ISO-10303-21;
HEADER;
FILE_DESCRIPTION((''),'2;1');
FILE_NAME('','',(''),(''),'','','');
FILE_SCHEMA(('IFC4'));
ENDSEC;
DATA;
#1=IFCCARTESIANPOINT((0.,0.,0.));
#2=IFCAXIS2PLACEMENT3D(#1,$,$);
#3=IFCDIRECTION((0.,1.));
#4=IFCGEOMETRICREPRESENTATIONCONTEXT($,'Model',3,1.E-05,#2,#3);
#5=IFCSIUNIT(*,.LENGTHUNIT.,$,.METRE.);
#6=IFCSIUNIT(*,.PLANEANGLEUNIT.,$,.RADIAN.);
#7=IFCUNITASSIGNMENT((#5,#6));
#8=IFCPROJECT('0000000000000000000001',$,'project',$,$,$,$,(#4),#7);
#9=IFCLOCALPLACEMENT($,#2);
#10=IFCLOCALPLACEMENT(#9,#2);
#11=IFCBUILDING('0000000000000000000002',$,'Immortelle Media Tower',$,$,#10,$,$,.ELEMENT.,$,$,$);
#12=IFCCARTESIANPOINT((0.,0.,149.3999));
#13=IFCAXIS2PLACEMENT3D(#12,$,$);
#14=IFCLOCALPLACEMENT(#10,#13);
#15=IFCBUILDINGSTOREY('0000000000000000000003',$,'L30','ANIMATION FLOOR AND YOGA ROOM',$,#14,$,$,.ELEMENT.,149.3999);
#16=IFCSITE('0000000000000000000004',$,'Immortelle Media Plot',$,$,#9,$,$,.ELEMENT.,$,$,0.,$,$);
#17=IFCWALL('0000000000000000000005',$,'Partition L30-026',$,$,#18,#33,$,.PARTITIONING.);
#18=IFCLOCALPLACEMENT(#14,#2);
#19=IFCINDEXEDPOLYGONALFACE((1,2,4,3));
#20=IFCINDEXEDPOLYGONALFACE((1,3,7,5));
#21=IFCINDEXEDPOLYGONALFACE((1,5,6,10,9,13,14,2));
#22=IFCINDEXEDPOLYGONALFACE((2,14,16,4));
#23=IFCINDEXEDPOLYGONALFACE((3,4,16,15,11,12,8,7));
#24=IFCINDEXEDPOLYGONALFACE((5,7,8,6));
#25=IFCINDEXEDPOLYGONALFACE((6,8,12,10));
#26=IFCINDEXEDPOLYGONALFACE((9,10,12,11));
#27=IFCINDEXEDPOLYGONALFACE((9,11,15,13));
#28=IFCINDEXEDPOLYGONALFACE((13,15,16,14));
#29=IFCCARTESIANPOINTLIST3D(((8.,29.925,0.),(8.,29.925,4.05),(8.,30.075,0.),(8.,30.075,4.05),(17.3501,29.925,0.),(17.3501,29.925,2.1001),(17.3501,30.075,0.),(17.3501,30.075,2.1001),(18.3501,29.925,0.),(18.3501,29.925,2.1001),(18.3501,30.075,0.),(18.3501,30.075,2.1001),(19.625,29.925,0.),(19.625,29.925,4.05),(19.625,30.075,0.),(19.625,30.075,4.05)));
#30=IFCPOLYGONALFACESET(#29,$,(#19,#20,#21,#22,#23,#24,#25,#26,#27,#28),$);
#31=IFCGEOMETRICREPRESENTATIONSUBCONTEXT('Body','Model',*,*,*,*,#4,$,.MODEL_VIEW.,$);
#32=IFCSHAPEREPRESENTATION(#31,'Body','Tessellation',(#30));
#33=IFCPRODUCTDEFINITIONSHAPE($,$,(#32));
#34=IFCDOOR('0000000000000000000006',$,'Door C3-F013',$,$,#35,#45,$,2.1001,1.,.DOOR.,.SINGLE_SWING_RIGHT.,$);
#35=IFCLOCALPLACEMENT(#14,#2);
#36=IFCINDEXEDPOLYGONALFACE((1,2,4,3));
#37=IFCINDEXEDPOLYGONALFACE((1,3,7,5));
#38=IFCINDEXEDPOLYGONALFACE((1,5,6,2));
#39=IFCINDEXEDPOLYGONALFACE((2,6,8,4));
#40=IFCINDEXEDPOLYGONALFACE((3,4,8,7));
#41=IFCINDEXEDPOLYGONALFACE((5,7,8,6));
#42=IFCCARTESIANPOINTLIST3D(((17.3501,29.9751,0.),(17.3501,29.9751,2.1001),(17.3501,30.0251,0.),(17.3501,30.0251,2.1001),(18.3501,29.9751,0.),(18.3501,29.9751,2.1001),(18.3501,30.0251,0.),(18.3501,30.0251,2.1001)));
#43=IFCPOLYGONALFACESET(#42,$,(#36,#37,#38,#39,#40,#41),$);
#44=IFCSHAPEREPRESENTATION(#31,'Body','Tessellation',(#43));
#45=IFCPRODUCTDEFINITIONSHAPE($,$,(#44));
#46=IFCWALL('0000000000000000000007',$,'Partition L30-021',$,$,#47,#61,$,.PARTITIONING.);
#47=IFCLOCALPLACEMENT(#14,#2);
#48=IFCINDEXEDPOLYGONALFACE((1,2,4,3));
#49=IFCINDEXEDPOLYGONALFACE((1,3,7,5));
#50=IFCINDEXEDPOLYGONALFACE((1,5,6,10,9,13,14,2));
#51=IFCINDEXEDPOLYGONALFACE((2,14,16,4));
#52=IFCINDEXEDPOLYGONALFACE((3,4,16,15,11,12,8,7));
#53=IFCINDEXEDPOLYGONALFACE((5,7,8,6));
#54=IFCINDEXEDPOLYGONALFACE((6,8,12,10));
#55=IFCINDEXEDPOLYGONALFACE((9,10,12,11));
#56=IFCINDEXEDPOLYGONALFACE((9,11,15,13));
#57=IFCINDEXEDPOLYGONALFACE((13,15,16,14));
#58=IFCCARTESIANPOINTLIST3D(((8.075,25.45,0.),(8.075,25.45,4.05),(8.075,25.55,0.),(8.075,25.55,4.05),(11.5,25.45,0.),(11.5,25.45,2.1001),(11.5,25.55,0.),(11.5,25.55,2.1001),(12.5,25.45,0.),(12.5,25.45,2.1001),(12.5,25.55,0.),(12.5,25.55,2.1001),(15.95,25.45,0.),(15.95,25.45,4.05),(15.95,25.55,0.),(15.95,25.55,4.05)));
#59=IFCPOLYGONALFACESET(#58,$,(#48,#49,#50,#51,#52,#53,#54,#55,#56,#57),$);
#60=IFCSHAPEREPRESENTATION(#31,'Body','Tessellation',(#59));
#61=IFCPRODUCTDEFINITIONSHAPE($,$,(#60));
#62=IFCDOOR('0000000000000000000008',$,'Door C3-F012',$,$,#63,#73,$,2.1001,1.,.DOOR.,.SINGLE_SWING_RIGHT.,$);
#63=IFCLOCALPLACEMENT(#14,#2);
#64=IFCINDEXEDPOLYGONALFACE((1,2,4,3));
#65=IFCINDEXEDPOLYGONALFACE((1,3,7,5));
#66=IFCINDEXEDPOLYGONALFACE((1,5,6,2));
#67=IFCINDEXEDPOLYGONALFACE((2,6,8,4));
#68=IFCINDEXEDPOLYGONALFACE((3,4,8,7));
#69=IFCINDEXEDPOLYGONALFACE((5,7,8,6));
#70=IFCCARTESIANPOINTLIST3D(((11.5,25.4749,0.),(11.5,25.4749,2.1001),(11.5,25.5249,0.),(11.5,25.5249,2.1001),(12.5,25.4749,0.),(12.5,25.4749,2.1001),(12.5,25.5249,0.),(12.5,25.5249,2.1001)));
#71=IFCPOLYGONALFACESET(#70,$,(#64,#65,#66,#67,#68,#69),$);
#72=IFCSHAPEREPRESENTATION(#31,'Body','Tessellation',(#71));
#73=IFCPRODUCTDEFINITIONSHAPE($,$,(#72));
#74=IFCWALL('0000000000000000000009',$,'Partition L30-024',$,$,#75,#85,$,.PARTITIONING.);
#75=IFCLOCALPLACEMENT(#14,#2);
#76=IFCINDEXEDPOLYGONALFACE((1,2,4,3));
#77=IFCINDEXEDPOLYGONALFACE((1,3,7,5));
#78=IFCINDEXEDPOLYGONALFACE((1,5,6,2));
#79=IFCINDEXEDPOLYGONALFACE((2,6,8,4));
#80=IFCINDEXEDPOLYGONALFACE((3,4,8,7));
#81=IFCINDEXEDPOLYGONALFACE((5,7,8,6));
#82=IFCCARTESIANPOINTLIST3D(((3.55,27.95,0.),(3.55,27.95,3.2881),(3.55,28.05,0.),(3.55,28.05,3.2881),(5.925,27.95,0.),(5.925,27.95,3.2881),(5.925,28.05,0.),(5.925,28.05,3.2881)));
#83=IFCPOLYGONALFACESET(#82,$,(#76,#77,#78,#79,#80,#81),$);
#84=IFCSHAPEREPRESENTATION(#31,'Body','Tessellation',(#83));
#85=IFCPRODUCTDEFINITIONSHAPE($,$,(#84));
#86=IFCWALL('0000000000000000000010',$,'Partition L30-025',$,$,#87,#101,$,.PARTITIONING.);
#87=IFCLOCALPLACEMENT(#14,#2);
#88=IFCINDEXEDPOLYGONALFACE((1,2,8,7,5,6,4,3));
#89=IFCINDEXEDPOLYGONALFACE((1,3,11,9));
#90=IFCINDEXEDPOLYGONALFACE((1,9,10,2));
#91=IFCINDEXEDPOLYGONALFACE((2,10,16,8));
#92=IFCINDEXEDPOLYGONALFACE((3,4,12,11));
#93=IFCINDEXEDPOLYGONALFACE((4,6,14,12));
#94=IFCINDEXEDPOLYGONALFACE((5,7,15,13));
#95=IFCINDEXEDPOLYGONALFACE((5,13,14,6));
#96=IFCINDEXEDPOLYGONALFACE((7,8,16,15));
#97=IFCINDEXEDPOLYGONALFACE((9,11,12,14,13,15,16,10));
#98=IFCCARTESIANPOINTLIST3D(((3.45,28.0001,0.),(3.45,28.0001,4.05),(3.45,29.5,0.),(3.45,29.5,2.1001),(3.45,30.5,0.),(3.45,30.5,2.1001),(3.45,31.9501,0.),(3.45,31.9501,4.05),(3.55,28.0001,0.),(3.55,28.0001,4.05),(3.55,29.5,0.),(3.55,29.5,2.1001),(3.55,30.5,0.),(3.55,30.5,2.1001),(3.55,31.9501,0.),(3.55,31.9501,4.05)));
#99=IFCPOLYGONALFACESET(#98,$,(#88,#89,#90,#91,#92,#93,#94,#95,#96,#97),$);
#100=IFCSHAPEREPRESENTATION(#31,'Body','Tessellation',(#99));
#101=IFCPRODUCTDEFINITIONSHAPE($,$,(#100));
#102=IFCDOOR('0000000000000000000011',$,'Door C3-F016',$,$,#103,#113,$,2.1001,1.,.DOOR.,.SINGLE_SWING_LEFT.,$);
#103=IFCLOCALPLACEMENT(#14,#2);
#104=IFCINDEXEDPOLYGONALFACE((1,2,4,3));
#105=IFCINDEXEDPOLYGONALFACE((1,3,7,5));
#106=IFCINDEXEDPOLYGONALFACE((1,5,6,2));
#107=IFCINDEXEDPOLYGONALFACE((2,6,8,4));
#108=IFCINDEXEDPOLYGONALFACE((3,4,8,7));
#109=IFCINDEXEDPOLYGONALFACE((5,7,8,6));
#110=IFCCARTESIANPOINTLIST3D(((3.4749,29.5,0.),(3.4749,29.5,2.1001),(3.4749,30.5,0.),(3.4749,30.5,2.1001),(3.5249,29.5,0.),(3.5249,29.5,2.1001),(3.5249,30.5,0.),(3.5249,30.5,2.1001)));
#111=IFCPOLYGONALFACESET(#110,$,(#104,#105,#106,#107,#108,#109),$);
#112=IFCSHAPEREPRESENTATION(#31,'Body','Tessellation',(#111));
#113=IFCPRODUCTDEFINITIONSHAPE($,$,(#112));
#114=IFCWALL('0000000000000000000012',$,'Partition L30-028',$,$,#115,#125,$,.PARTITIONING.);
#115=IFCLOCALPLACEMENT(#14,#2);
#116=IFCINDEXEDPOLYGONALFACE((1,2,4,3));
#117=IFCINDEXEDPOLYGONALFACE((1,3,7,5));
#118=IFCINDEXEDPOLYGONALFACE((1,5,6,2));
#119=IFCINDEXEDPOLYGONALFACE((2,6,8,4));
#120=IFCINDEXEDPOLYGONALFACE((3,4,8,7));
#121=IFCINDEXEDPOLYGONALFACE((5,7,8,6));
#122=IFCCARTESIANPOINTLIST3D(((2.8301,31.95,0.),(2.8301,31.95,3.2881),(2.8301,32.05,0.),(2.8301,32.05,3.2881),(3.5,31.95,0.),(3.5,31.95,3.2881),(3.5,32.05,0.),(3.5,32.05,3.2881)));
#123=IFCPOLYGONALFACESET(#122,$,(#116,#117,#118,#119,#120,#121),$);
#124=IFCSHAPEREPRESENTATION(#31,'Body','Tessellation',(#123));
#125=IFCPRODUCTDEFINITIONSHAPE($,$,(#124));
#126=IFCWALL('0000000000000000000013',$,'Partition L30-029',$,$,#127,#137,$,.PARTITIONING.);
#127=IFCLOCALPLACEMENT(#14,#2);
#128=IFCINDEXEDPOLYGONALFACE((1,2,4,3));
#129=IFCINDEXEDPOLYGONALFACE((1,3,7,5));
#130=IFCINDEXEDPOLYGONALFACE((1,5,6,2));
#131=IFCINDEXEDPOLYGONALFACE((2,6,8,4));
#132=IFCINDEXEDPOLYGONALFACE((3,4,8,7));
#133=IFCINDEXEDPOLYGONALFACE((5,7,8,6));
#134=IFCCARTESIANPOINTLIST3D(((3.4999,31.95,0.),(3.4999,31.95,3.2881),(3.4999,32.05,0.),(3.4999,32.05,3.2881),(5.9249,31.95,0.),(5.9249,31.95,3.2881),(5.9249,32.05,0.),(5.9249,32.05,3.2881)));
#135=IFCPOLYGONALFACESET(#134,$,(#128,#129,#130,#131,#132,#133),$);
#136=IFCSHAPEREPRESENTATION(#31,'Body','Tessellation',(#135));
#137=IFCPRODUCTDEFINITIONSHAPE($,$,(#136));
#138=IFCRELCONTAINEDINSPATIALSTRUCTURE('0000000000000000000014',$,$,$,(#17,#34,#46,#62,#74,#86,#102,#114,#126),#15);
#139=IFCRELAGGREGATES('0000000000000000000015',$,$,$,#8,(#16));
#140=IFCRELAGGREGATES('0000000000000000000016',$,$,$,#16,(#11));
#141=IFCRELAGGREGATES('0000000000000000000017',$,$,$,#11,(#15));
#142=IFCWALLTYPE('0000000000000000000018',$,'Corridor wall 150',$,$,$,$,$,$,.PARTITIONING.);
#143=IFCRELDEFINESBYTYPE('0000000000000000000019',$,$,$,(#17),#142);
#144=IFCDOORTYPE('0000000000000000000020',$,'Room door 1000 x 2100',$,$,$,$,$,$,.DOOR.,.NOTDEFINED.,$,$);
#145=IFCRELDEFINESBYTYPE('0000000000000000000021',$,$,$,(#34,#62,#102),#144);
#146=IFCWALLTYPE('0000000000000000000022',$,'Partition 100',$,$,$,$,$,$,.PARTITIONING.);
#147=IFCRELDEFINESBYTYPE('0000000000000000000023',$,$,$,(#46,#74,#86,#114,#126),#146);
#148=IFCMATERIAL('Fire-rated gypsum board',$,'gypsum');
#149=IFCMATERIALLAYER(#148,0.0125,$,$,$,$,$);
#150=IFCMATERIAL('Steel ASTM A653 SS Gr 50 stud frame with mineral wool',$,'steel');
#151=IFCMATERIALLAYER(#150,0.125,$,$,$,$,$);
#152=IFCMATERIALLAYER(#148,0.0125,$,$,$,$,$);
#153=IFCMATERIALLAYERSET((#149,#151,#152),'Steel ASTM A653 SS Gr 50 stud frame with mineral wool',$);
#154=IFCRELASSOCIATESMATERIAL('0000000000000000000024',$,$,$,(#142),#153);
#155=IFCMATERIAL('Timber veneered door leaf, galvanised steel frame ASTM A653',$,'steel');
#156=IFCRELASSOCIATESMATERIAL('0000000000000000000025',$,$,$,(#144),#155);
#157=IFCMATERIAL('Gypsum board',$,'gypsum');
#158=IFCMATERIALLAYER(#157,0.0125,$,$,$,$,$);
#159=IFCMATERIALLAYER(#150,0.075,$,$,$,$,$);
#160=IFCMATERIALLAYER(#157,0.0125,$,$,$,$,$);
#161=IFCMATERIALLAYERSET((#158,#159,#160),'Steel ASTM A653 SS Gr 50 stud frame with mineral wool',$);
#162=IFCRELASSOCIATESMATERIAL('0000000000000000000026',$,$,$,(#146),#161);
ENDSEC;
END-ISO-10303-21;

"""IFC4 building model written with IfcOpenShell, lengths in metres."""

from ifc_helpers import new_model, si_unit, direction, frame, frame_2d, origin, place, context, subcontext, project, spatial, rectangle, extrude, material, layer, layer_set, type_object, element, fill, save


model = new_model("IFC4")

# Units and contexts
model_context = context("Model", 3, precision=1e-05, world=origin(), true_north=direction((0.0, 1.0)))
body_context = subcontext(model_context, "Body", "Model", "MODEL_VIEW")
ifc_project = project(units=[si_unit("LENGTHUNIT", "METRE"), si_unit("PLANEANGLEUNIT", "RADIAN")], contexts=[model_context])

# Site, building, storey
site_placement = place(None, origin())
site = spatial("IfcSite", under=ifc_project, at=site_placement, Name="Immortelle Media Plot", CompositionType="ELEMENT", RefElevation=0.0)
building_placement = place(site_placement, origin())
building = spatial("IfcBuilding", under=site, at=building_placement, Name="Immortelle Media Tower", CompositionType="ELEMENT")
storey_placement = place(building_placement, frame((0.0, 0.0, 149.3999)))
storey = spatial("IfcBuildingStorey", under=building, at=storey_placement, Name="L30", Description="ANIMATION FLOOR AND YOGA ROOM", CompositionType="ELEMENT", Elevation=149.3999)

# Walls, openings, doors
ifc_material_1 = material(Name="Fire-rated gypsum board", Category="gypsum")
ifc_layer_1 = layer(ifc_material_1, 0.0125)
ifc_material_2 = material(Name="Steel ASTM A653 SS Gr 50 stud frame with mineral wool", Category="steel")
ifc_layer_2 = layer(ifc_material_2, 0.125)
ifc_layer_3 = layer(ifc_material_1, 0.0125)
ifc_layer_set_1 = layer_set([ifc_layer_1, ifc_layer_2, ifc_layer_3], Name="Steel ASTM A653 SS Gr 50 stud frame with mineral wool")
wall_type_1 = type_object("IfcWallType", Name="Corridor wall 150", PredefinedType="PARTITIONING", material=ifc_layer_set_1)
ifc_material_3 = material(Name="Timber veneered door leaf, galvanised steel frame ASTM A653", Category="steel")
door_type = type_object("IfcDoorType", Name="Room door 1000 x 2100", OperationType="NOTDEFINED", PredefinedType="DOOR", material=ifc_material_3)
wall_1_placement = place(storey_placement, frame((8.0, 30.0, 0.0), z_axis=(0.0, 0.0, 1.0), x_axis=(1.0, 0.0, 0.0)))
wall_1 = element("IfcWall", 1, at=wall_1_placement, inside=storey, type_object=wall_type_1, Name="Partition L30-026", PredefinedType="PARTITIONING", context=body_context, shape_type="SweptSolid", body=[
    extrude(rectangle(XDim=11.625, YDim=0.1499, at=frame_2d((5.8125, 0.0))), origin(), (0.0, 0.0, 1.0), 4.05),
])
opening_1_placement = place(wall_1_placement, frame((10.3501, 0.0, 0.0), z_axis=(0.0, 0.0, 1.0), x_axis=(-1.0, 0.0, 0.0)))
opening_1 = element("IfcOpeningElement", 2, at=opening_1_placement, cuts=wall_1, PredefinedType="OPENING", context=body_context, shape_type="SweptSolid", body=[
    extrude(rectangle(XDim=1.0, YDim=2.1001, at=frame_2d((0.5, 1.05))), frame((0.0, 0.085, 0.0), z_axis=(0.0, -1.0, 0.0), x_axis=(1.0, 0.0, 0.0)), (0.0, 0.0, 1.0), 0.1699),
])
door_1_placement = place(opening_1_placement, origin())
door_1 = element("IfcDoor", 3, at=door_1_placement, inside=storey, type_object=door_type, Name="Door C3-F013", OperationType="SINGLE_SWING_RIGHT", OverallHeight=2.1001, OverallWidth=1.0, PredefinedType="DOOR", context=body_context, shape_type="SweptSolid", body=[
    extrude(rectangle(XDim=1.0, YDim=2.1001, at=frame_2d((0.5, 1.05))), frame((0.0, 0.0249, 0.0), z_axis=(0.0, -1.0, 0.0), x_axis=(1.0, 0.0, 0.0)), (0.0, 0.0, 1.0), 0.05),
])
fill(opening_1, door_1)
ifc_material_4 = material(Name="Gypsum board", Category="gypsum")
ifc_layer_4 = layer(ifc_material_4, 0.0125)
ifc_layer_5 = layer(ifc_material_2, 0.075)
ifc_layer_6 = layer(ifc_material_4, 0.0125)
ifc_layer_set_2 = layer_set([ifc_layer_4, ifc_layer_5, ifc_layer_6], Name="Steel ASTM A653 SS Gr 50 stud frame with mineral wool")
wall_type_2 = type_object("IfcWallType", Name="Partition 100", PredefinedType="PARTITIONING", material=ifc_layer_set_2)
wall_2_placement = place(storey_placement, frame((8.075, 25.5, 0.0), z_axis=(0.0, 0.0, 1.0), x_axis=(1.0, 0.0, 0.0)))
wall_2 = element("IfcWall", 4, at=wall_2_placement, inside=storey, type_object=wall_type_2, Name="Partition L30-021", PredefinedType="PARTITIONING", context=body_context, shape_type="SweptSolid", body=[
    extrude(rectangle(XDim=7.875, YDim=0.1001, at=frame_2d((3.9375, 0.0))), origin(), (0.0, 0.0, 1.0), 4.05),
])
opening_2_placement = place(wall_2_placement, frame((3.425, 0.0, 0.0)))
opening_2 = element("IfcOpeningElement", 5, at=opening_2_placement, cuts=wall_2, PredefinedType="OPENING", context=body_context, shape_type="SweptSolid", body=[
    extrude(rectangle(XDim=1.0, YDim=2.1001, at=frame_2d((0.5, 1.05))), frame((0.0, 0.0601, 0.0), z_axis=(0.0, -1.0, 0.0), x_axis=(1.0, 0.0, 0.0)), (0.0, 0.0, 1.0), 0.1201),
])
door_2_placement = place(opening_2_placement, origin())
door_2 = element("IfcDoor", 6, at=door_2_placement, inside=storey, type_object=door_type, Name="Door C3-F012", OperationType="SINGLE_SWING_RIGHT", OverallHeight=2.1001, OverallWidth=1.0, PredefinedType="DOOR", context=body_context, shape_type="SweptSolid", body=[
    extrude(rectangle(XDim=1.0, YDim=2.1001, at=frame_2d((0.5, 1.05))), frame((0.0, 0.0249, 0.0), z_axis=(0.0, -1.0, 0.0), x_axis=(1.0, 0.0, 0.0)), (0.0, 0.0, 1.0), 0.05),
])
fill(opening_2, door_2)

# Wall
wall_3_placement = place(storey_placement, frame((3.55, 28.0, 0.0), z_axis=(0.0, 0.0, 1.0), x_axis=(1.0, 0.0, 0.0)))
element("IfcWall", 7, at=wall_3_placement, inside=storey, type_object=wall_type_2, Name="Partition L30-024", PredefinedType="PARTITIONING", context=body_context, shape_type="SweptSolid", body=[
    extrude(rectangle(XDim=2.375, YDim=0.1001, at=frame_2d((1.1875, 0.0))), origin(), (0.0, 0.0, 1.0), 3.2881),
])

# Wall, opening, door
wall_4_placement = place(storey_placement, frame((3.5, 28.0, 0.0), z_axis=(0.0, 0.0, 1.0), x_axis=(0.0, 1.0, 0.0)))
wall_4 = element("IfcWall", 8, at=wall_4_placement, inside=storey, type_object=wall_type_2, Name="Partition L30-025", PredefinedType="PARTITIONING", context=body_context, shape_type="SweptSolid", body=[
    extrude(rectangle(XDim=3.95, YDim=0.1001, at=frame_2d((1.9751, 0.0))), origin(), (0.0, 0.0, 1.0), 4.05),
])
opening_3_placement = place(wall_4_placement, frame((2.5, 0.0, 0.0), z_axis=(0.0, 0.0, 1.0), x_axis=(-1.0, 0.0, 0.0)))
opening_3 = element("IfcOpeningElement", 9, at=opening_3_placement, cuts=wall_4, PredefinedType="OPENING", context=body_context, shape_type="SweptSolid", body=[
    extrude(rectangle(XDim=1.0, YDim=2.1001, at=frame_2d((0.5, 1.05))), frame((0.0, 0.0601, 0.0), z_axis=(0.0, -1.0, 0.0), x_axis=(1.0, 0.0, 0.0)), (0.0, 0.0, 1.0), 0.1201),
])
door_3_placement = place(opening_3_placement, origin())
door_3 = element("IfcDoor", 10, at=door_3_placement, inside=storey, type_object=door_type, Name="Door C3-F016", OperationType="SINGLE_SWING_LEFT", OverallHeight=2.1001, OverallWidth=1.0, PredefinedType="DOOR", context=body_context, shape_type="SweptSolid", body=[
    extrude(rectangle(XDim=1.0, YDim=2.1001, at=frame_2d((0.5, 1.05))), frame((0.0, 0.0249, 0.0), z_axis=(0.0, -1.0, 0.0), x_axis=(1.0, 0.0, 0.0)), (0.0, 0.0, 1.0), 0.05),
])
fill(opening_3, door_3)

# Walls
wall_5_placement = place(storey_placement, frame((2.8301, 32.0, 0.0), z_axis=(0.0, 0.0, 1.0), x_axis=(1.0, 0.0, 0.0)))
element("IfcWall", 11, at=wall_5_placement, inside=storey, type_object=wall_type_2, Name="Partition L30-028", PredefinedType="PARTITIONING", context=body_context, shape_type="SweptSolid", body=[
    extrude(rectangle(XDim=0.6699, YDim=0.1001, at=frame_2d((0.335, 0.0))), origin(), (0.0, 0.0, 1.0), 3.2881),
])
wall_6_placement = place(storey_placement, frame((3.5, 32.0, 0.0), z_axis=(0.0, 0.0, 1.0), x_axis=(1.0, 0.0, 0.0)))
element("IfcWall", 12, at=wall_6_placement, inside=storey, type_object=wall_type_2, Name="Partition L30-029", PredefinedType="PARTITIONING", context=body_context, shape_type="SweptSolid", body=[
    extrude(rectangle(XDim=2.425, YDim=0.1001, at=frame_2d((1.2124, 0.0))), origin(), (0.0, 0.0, 1.0), 3.2881),
])

save(model, "model.ifc")
